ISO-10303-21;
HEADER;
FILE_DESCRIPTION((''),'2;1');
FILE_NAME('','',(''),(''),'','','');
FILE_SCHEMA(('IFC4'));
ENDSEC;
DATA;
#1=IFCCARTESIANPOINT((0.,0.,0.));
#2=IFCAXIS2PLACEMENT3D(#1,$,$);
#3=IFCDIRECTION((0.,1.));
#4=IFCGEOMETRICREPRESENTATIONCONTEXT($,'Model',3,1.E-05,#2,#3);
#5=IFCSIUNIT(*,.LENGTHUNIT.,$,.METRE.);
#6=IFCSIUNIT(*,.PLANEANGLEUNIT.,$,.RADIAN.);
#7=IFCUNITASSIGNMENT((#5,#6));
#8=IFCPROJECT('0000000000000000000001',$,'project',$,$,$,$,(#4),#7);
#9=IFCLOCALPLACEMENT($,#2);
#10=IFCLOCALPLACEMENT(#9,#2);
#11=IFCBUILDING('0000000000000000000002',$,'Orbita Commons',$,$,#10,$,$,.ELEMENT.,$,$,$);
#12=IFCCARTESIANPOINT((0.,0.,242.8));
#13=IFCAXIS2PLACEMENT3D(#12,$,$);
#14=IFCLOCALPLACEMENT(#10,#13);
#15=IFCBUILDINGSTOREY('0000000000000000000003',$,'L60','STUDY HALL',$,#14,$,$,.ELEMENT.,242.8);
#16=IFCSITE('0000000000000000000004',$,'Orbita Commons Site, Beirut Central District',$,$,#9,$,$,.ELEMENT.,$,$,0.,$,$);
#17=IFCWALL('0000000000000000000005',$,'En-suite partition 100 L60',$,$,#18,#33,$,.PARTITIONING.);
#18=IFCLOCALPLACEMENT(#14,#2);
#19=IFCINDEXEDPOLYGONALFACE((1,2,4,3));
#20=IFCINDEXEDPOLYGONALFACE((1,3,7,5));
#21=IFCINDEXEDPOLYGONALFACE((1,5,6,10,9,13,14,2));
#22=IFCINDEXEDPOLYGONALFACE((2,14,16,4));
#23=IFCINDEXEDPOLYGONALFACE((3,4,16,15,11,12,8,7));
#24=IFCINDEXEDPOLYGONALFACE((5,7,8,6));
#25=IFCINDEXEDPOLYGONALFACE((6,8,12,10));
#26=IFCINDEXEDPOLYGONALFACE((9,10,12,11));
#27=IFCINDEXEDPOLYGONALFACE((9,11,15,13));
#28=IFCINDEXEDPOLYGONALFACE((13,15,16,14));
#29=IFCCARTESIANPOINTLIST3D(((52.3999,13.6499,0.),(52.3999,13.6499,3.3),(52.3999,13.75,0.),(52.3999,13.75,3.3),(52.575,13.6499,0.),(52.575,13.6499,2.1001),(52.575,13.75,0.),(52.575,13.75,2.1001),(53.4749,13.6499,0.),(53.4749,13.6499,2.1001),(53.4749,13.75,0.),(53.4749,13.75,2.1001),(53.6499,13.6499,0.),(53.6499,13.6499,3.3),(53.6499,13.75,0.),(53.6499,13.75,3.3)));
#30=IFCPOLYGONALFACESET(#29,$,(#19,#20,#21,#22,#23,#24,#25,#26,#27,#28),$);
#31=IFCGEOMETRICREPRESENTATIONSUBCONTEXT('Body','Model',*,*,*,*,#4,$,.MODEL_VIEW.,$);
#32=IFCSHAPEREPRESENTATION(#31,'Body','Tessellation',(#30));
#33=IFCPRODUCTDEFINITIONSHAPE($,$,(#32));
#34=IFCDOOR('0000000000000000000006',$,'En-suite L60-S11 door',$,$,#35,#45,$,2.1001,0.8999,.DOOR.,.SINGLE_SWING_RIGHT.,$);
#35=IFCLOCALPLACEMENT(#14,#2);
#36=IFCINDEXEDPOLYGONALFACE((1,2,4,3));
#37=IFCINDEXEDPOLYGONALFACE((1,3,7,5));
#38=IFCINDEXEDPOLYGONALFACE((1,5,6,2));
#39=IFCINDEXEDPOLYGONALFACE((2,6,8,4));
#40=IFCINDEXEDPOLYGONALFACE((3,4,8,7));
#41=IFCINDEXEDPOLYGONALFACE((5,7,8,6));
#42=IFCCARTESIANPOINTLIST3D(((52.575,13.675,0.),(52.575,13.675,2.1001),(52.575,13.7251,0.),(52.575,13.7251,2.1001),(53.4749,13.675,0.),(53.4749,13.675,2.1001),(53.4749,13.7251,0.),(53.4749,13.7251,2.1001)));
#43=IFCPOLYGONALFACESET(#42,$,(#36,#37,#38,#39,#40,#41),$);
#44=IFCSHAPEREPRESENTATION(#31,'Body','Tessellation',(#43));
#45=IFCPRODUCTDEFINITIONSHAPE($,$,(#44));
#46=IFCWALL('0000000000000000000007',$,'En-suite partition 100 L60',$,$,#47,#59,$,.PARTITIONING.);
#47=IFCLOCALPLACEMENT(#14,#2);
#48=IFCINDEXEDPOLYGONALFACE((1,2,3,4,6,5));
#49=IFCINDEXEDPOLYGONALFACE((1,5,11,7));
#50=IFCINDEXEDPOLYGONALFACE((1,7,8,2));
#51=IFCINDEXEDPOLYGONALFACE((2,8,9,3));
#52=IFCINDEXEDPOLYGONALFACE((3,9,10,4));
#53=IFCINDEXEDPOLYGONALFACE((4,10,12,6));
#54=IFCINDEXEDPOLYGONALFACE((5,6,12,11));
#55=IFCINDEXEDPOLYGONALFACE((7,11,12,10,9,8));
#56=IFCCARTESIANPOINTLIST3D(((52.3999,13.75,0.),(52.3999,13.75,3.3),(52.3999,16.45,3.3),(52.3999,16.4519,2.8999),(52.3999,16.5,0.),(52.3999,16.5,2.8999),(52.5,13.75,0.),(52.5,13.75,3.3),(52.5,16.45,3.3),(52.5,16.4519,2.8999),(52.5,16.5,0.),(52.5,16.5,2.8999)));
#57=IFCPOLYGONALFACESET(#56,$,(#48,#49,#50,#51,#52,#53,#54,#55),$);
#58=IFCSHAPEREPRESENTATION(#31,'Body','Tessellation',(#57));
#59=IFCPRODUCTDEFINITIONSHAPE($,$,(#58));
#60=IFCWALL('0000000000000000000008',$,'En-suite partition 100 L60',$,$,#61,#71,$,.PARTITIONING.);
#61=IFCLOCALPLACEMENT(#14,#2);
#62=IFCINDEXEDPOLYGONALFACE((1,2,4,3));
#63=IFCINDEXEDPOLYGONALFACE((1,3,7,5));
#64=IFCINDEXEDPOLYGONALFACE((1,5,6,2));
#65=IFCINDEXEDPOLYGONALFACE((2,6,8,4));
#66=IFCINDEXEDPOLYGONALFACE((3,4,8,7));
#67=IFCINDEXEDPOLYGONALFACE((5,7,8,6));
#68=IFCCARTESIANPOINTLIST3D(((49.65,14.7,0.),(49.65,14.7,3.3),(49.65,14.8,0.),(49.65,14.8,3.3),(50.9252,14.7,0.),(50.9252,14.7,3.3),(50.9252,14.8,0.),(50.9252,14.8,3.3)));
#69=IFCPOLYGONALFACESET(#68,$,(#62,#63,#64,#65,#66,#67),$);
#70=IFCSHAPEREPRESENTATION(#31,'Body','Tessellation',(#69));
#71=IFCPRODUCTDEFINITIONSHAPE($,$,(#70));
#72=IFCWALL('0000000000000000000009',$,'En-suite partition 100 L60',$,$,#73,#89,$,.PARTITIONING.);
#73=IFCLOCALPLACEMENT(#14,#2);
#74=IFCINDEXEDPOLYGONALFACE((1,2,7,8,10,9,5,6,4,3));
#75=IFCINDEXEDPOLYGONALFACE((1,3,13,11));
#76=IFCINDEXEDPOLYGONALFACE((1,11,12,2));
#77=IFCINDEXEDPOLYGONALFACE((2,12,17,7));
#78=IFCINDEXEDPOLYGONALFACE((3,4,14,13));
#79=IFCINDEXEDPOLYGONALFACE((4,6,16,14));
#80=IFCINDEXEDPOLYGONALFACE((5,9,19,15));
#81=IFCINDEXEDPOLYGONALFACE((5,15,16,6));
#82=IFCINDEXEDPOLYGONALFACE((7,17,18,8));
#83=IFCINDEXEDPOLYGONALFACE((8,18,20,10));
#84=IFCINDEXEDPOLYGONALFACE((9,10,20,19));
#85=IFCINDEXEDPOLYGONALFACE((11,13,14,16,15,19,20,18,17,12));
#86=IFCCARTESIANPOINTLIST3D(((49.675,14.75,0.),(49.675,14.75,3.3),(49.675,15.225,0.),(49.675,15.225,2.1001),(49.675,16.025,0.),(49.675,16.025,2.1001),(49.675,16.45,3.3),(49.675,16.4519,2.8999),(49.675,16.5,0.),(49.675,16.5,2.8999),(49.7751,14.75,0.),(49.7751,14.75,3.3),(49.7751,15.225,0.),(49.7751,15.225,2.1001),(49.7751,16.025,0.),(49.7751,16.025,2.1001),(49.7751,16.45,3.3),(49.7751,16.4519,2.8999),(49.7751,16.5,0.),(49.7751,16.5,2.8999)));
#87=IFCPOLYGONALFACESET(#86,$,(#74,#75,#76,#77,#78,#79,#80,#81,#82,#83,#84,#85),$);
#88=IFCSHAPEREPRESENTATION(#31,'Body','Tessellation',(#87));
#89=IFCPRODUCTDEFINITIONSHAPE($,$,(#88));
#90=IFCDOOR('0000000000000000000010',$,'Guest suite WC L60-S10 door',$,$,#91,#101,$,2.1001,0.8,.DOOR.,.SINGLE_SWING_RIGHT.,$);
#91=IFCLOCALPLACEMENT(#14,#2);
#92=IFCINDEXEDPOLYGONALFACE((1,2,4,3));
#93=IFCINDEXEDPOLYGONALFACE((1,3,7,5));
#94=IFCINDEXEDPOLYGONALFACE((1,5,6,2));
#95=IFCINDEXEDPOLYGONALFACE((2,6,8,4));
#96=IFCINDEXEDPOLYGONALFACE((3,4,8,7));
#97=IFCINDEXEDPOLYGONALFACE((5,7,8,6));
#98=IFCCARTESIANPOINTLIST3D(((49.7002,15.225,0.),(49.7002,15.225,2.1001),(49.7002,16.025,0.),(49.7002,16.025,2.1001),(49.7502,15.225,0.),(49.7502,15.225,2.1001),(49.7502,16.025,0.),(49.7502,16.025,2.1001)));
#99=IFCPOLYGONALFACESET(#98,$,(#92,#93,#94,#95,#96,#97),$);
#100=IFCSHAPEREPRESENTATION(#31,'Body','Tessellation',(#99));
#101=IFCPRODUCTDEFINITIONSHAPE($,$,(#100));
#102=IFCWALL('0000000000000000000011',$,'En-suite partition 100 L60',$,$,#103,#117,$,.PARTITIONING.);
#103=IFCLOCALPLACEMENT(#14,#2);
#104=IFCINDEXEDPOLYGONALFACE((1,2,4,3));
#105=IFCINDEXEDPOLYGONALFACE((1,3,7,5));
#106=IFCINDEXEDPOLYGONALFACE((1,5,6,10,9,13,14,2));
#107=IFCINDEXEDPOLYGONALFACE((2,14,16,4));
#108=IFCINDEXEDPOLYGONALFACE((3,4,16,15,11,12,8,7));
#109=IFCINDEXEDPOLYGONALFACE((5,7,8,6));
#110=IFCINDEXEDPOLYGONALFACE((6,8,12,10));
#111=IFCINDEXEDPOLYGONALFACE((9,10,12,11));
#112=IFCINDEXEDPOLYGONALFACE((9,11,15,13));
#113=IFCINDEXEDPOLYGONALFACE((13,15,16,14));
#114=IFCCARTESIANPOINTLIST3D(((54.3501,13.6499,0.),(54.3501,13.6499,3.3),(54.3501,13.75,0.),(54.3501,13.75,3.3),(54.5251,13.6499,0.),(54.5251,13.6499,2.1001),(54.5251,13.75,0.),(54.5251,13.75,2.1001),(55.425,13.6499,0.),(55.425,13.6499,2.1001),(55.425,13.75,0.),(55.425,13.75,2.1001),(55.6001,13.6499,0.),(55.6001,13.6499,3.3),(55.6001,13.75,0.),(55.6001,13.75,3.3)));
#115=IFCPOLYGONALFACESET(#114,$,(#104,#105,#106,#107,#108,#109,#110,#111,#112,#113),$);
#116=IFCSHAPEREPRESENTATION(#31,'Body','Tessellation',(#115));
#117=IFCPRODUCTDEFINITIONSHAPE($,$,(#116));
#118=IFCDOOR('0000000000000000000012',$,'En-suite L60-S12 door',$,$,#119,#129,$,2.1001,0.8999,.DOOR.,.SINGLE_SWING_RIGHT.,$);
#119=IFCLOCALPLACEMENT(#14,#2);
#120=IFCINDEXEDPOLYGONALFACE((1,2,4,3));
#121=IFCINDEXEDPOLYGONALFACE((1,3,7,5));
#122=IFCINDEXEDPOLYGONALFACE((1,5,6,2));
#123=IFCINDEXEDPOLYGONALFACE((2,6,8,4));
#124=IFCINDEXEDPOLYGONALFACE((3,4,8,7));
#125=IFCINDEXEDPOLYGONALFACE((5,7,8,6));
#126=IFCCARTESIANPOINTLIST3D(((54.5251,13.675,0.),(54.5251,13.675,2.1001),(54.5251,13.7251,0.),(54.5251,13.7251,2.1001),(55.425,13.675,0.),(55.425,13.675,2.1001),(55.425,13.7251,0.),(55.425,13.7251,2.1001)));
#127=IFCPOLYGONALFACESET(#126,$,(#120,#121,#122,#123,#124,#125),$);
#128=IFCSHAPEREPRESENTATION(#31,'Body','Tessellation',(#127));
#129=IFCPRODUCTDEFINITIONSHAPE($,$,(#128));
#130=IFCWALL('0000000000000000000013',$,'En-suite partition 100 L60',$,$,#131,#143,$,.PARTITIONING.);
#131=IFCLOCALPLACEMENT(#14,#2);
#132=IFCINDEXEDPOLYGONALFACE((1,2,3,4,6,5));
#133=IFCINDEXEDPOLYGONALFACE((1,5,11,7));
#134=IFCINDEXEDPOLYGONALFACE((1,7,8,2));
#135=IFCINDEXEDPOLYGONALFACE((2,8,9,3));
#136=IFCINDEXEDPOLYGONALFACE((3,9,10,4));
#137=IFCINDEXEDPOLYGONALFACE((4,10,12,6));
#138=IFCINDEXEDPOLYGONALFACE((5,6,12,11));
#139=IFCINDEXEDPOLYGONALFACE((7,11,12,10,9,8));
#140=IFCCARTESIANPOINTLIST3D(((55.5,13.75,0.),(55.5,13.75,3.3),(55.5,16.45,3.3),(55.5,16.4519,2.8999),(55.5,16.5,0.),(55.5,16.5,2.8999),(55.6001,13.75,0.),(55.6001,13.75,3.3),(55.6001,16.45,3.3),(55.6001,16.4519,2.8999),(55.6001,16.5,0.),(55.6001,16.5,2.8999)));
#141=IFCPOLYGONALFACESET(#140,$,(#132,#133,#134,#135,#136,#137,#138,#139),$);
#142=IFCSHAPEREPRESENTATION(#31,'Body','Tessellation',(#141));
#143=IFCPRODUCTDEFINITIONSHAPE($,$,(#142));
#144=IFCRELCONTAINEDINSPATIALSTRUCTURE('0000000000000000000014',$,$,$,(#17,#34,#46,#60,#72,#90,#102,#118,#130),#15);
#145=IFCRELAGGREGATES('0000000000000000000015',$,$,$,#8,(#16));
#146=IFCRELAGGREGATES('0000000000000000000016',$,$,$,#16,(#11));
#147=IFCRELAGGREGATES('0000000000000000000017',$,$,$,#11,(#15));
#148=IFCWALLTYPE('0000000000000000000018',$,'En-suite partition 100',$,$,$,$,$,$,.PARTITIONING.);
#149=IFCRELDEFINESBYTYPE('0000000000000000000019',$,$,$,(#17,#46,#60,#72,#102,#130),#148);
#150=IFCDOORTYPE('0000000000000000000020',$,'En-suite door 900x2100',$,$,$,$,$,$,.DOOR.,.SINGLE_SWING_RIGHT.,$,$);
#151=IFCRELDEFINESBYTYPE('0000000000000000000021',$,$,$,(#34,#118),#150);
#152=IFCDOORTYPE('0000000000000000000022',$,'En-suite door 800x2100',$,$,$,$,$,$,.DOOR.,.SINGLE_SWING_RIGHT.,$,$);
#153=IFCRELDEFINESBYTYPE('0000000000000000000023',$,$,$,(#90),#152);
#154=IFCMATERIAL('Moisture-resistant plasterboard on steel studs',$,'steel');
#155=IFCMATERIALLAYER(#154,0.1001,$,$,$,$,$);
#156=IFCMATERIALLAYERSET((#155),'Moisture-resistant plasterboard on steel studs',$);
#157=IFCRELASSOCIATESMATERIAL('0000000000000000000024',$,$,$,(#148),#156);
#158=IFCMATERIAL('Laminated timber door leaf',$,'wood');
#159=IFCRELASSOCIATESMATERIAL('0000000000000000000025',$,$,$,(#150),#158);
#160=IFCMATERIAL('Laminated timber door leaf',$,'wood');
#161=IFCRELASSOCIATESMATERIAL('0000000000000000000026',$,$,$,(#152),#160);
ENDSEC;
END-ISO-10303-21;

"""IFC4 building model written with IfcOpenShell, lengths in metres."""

from ifc_helpers import new_model, si_unit, direction, frame, frame_2d, origin, place, context, subcontext, project, spatial, polyline, rectangle, outline, extrude, material, layer, layer_set, type_object, element, fill, save


model = new_model("IFC4")

# Units and contexts
model_context = context("Model", 3, precision=1e-05, world=origin(), true_north=direction((0.0, 1.0)))
body_context = subcontext(model_context, "Body", "Model", "MODEL_VIEW")
ifc_project = project(units=[si_unit("LENGTHUNIT", "METRE"), si_unit("PLANEANGLEUNIT", "RADIAN")], contexts=[model_context])

# Site, building, storey
site_placement = place(None, origin())
site = spatial("IfcSite", under=ifc_project, at=site_placement, Name="Orbita Commons Site, Beirut Central District", CompositionType="ELEMENT", RefElevation=0.0)
building_placement = place(site_placement, origin())
building = spatial("IfcBuilding", under=site, at=building_placement, Name="Orbita Commons", CompositionType="ELEMENT")
storey_placement = place(building_placement, frame((0.0, 0.0, 242.8)))
storey = spatial("IfcBuildingStorey", under=building, at=storey_placement, Name="L60", Description="STUDY HALL", CompositionType="ELEMENT", Elevation=242.8)

# Shared definitions
ifc_material_1 = material(Name="Moisture-resistant plasterboard on steel studs", Category="steel")
ifc_layer_1 = layer(ifc_material_1, 0.1001)
ifc_layer_set_1 = layer_set([ifc_layer_1], Name="Moisture-resistant plasterboard on steel studs")
wall_type_1 = type_object("IfcWallType", Name="En-suite partition 100", PredefinedType="PARTITIONING", material=ifc_layer_set_1)
ifc_material_2 = material(Name="Laminated timber door leaf", Category="wood")
door_type_1 = type_object("IfcDoorType", Name="En-suite door 900x2100", OperationType="SINGLE_SWING_RIGHT", PredefinedType="DOOR", material=ifc_material_2)

# Wall, opening, door
wall_1_placement = place(storey_placement, frame((53.6499, 13.7, 0.0), z_axis=(0.0, 0.0, 1.0), x_axis=(-1.0, 0.0, 0.0)))
wall_1 = element("IfcWall", 1, at=wall_1_placement, inside=storey, type_object=wall_type_1, Name="En-suite partition 100 L60", PredefinedType="PARTITIONING", context=body_context, shape_type="SweptSolid", body=[
    extrude(rectangle(XDim=1.25, YDim=0.1001, at=frame_2d((0.625, 0.0))), origin(), (0.0, 0.0, 1.0), 3.3),
])
opening_1_placement = place(wall_1_placement, frame((0.175, 0.0, 0.0)))
opening_1 = element("IfcOpeningElement", 2, at=opening_1_placement, cuts=wall_1, PredefinedType="OPENING", context=body_context, shape_type="SweptSolid", body=[
    extrude(rectangle(XDim=0.8999, YDim=2.1001, at=frame_2d((0.45, 1.05))), frame((0.0, 0.0601, 0.0), z_axis=(0.0, -1.0, 0.0), x_axis=(1.0, 0.0, 0.0)), (0.0, 0.0, 1.0), 0.1201),
])
door_1_placement = place(opening_1_placement, origin())
door_1 = element("IfcDoor", 3, at=door_1_placement, inside=storey, type_object=door_type_1, Name="En-suite L60-S11 door", OperationType="SINGLE_SWING_RIGHT", OverallHeight=2.1001, OverallWidth=0.8999, PredefinedType="DOOR", context=body_context, shape_type="SweptSolid", body=[
    extrude(rectangle(XDim=0.8999, YDim=2.1001, at=frame_2d((0.45, 1.05))), frame((0.0, 0.0249, 0.0), z_axis=(0.0, -1.0, 0.0), x_axis=(1.0, 0.0, 0.0)), (0.0, 0.0, 1.0), 0.05),
])
fill(opening_1, door_1)

# Walls
wall_2_placement = place(storey_placement, frame((52.45, 13.75, 0.0), z_axis=(0.0, 0.0, 1.0), x_axis=(0.0, 1.0, 0.0)))
element("IfcWall", 4, at=wall_2_placement, inside=storey, type_object=wall_type_1, Name="En-suite partition 100 L60", PredefinedType="PARTITIONING", context=body_context, shape_type="SweptSolid", body=[
    extrude(outline(polyline([(0.0, 0.0), (2.75, 0.0), (2.75, 2.8999), (2.7019, 2.8999), (2.7, 3.3), (0.0, 3.3), (0.0, 0.0)])), frame((0.0, 0.05, 0.0), z_axis=(0.0, -1.0, 0.0), x_axis=(1.0, 0.0, 0.0)), (0.0, 0.0, 1.0), 0.1001),
])
wall_3_placement = place(storey_placement, frame((49.6499, 14.75, 0.0), z_axis=(0.0, 0.0, 1.0), x_axis=(1.0, 0.0, 0.0)))
element("IfcWall", 5, at=wall_3_placement, inside=storey, type_object=wall_type_1, Name="En-suite partition 100 L60", PredefinedType="PARTITIONING", context=body_context, shape_type="SweptSolid", body=[
    extrude(rectangle(XDim=1.2751, YDim=0.1001, at=frame_2d((0.6377, 0.0))), origin(), (0.0, 0.0, 1.0), 3.3),
])

# Walls, openings, doors
wall_4_placement = place(storey_placement, frame((49.7251, 14.75, 0.0), z_axis=(0.0, 0.0, 1.0), x_axis=(0.0, 1.0, 0.0)))
wall_4 = element("IfcWall", 6, at=wall_4_placement, inside=storey, type_object=wall_type_1, Name="En-suite partition 100 L60", PredefinedType="PARTITIONING", context=body_context, shape_type="SweptSolid", body=[
    extrude(outline(polyline([(0.0, 0.0), (1.75, 0.0), (1.75, 2.8999), (1.7019, 2.8999), (1.7, 3.3), (0.0, 3.3), (0.0, 0.0)])), frame((0.0, 0.05, 0.0), z_axis=(0.0, -1.0, 0.0), x_axis=(1.0, 0.0, 0.0)), (0.0, 0.0, 1.0), 0.1001),
])
opening_2_placement = place(wall_4_placement, frame((0.4751, 0.0, 0.0)))
opening_2 = element("IfcOpeningElement", 7, at=opening_2_placement, cuts=wall_4, PredefinedType="OPENING", context=body_context, shape_type="SweptSolid", body=[
    extrude(rectangle(XDim=0.8, YDim=2.1001, at=frame_2d((0.3999, 1.05))), frame((0.0, 0.0601, 0.0), z_axis=(0.0, -1.0, 0.0), x_axis=(1.0, 0.0, 0.0)), (0.0, 0.0, 1.0), 0.1201),
])
ifc_material_3 = material(Name="Laminated timber door leaf", Category="wood")
door_type_2 = type_object("IfcDoorType", Name="En-suite door 800x2100", OperationType="SINGLE_SWING_RIGHT", PredefinedType="DOOR", material=ifc_material_3)
door_2_placement = place(opening_2_placement, origin())
door_2 = element("IfcDoor", 8, at=door_2_placement, inside=storey, type_object=door_type_2, Name="Guest suite WC L60-S10 door", OperationType="SINGLE_SWING_RIGHT", OverallHeight=2.1001, OverallWidth=0.8, PredefinedType="DOOR", context=body_context, shape_type="SweptSolid", body=[
    extrude(rectangle(XDim=0.8, YDim=2.1001, at=frame_2d((0.3999, 1.05))), frame((0.0, 0.0249, 0.0), z_axis=(0.0, -1.0, 0.0), x_axis=(1.0, 0.0, 0.0)), (0.0, 0.0, 1.0), 0.05),
])
fill(opening_2, door_2)
wall_5_placement = place(storey_placement, frame((55.6001, 13.7, 0.0), z_axis=(0.0, 0.0, 1.0), x_axis=(-1.0, 0.0, 0.0)))
wall_5 = element("IfcWall", 9, at=wall_5_placement, inside=storey, type_object=wall_type_1, Name="En-suite partition 100 L60", PredefinedType="PARTITIONING", context=body_context, shape_type="SweptSolid", body=[
    extrude(rectangle(XDim=1.25, YDim=0.1001, at=frame_2d((0.625, 0.0))), origin(), (0.0, 0.0, 1.0), 3.3),
])
opening_3_placement = place(wall_5_placement, frame((0.175, 0.0, 0.0)))
opening_3 = element("IfcOpeningElement", 10, at=opening_3_placement, cuts=wall_5, PredefinedType="OPENING", context=body_context, shape_type="SweptSolid", body=[
    extrude(rectangle(XDim=0.8999, YDim=2.1001, at=frame_2d((0.45, 1.05))), frame((0.0, 0.0601, 0.0), z_axis=(0.0, -1.0, 0.0), x_axis=(1.0, 0.0, 0.0)), (0.0, 0.0, 1.0), 0.1201),
])
door_3_placement = place(opening_3_placement, origin())
door_3 = element("IfcDoor", 11, at=door_3_placement, inside=storey, type_object=door_type_1, Name="En-suite L60-S12 door", OperationType="SINGLE_SWING_RIGHT", OverallHeight=2.1001, OverallWidth=0.8999, PredefinedType="DOOR", context=body_context, shape_type="SweptSolid", body=[
    extrude(rectangle(XDim=0.8999, YDim=2.1001, at=frame_2d((0.45, 1.05))), frame((0.0, 0.0249, 0.0), z_axis=(0.0, -1.0, 0.0), x_axis=(1.0, 0.0, 0.0)), (0.0, 0.0, 1.0), 0.05),
])
fill(opening_3, door_3)

# Wall
wall_6_placement = place(storey_placement, frame((55.55, 13.75, 0.0), z_axis=(0.0, 0.0, 1.0), x_axis=(0.0, 1.0, 0.0)))
element("IfcWall", 12, at=wall_6_placement, inside=storey, type_object=wall_type_1, Name="En-suite partition 100 L60", PredefinedType="PARTITIONING", context=body_context, shape_type="SweptSolid", body=[
    extrude(outline(polyline([(0.0, 0.0), (2.75, 0.0), (2.75, 2.8999), (2.7019, 2.8999), (2.7, 3.3), (0.0, 3.3), (0.0, 0.0)])), frame((0.0, 0.05, 0.0), z_axis=(0.0, -1.0, 0.0), x_axis=(1.0, 0.0, 0.0)), (0.0, 0.0, 1.0), 0.1001),
])

save(model, "model.ifc")
